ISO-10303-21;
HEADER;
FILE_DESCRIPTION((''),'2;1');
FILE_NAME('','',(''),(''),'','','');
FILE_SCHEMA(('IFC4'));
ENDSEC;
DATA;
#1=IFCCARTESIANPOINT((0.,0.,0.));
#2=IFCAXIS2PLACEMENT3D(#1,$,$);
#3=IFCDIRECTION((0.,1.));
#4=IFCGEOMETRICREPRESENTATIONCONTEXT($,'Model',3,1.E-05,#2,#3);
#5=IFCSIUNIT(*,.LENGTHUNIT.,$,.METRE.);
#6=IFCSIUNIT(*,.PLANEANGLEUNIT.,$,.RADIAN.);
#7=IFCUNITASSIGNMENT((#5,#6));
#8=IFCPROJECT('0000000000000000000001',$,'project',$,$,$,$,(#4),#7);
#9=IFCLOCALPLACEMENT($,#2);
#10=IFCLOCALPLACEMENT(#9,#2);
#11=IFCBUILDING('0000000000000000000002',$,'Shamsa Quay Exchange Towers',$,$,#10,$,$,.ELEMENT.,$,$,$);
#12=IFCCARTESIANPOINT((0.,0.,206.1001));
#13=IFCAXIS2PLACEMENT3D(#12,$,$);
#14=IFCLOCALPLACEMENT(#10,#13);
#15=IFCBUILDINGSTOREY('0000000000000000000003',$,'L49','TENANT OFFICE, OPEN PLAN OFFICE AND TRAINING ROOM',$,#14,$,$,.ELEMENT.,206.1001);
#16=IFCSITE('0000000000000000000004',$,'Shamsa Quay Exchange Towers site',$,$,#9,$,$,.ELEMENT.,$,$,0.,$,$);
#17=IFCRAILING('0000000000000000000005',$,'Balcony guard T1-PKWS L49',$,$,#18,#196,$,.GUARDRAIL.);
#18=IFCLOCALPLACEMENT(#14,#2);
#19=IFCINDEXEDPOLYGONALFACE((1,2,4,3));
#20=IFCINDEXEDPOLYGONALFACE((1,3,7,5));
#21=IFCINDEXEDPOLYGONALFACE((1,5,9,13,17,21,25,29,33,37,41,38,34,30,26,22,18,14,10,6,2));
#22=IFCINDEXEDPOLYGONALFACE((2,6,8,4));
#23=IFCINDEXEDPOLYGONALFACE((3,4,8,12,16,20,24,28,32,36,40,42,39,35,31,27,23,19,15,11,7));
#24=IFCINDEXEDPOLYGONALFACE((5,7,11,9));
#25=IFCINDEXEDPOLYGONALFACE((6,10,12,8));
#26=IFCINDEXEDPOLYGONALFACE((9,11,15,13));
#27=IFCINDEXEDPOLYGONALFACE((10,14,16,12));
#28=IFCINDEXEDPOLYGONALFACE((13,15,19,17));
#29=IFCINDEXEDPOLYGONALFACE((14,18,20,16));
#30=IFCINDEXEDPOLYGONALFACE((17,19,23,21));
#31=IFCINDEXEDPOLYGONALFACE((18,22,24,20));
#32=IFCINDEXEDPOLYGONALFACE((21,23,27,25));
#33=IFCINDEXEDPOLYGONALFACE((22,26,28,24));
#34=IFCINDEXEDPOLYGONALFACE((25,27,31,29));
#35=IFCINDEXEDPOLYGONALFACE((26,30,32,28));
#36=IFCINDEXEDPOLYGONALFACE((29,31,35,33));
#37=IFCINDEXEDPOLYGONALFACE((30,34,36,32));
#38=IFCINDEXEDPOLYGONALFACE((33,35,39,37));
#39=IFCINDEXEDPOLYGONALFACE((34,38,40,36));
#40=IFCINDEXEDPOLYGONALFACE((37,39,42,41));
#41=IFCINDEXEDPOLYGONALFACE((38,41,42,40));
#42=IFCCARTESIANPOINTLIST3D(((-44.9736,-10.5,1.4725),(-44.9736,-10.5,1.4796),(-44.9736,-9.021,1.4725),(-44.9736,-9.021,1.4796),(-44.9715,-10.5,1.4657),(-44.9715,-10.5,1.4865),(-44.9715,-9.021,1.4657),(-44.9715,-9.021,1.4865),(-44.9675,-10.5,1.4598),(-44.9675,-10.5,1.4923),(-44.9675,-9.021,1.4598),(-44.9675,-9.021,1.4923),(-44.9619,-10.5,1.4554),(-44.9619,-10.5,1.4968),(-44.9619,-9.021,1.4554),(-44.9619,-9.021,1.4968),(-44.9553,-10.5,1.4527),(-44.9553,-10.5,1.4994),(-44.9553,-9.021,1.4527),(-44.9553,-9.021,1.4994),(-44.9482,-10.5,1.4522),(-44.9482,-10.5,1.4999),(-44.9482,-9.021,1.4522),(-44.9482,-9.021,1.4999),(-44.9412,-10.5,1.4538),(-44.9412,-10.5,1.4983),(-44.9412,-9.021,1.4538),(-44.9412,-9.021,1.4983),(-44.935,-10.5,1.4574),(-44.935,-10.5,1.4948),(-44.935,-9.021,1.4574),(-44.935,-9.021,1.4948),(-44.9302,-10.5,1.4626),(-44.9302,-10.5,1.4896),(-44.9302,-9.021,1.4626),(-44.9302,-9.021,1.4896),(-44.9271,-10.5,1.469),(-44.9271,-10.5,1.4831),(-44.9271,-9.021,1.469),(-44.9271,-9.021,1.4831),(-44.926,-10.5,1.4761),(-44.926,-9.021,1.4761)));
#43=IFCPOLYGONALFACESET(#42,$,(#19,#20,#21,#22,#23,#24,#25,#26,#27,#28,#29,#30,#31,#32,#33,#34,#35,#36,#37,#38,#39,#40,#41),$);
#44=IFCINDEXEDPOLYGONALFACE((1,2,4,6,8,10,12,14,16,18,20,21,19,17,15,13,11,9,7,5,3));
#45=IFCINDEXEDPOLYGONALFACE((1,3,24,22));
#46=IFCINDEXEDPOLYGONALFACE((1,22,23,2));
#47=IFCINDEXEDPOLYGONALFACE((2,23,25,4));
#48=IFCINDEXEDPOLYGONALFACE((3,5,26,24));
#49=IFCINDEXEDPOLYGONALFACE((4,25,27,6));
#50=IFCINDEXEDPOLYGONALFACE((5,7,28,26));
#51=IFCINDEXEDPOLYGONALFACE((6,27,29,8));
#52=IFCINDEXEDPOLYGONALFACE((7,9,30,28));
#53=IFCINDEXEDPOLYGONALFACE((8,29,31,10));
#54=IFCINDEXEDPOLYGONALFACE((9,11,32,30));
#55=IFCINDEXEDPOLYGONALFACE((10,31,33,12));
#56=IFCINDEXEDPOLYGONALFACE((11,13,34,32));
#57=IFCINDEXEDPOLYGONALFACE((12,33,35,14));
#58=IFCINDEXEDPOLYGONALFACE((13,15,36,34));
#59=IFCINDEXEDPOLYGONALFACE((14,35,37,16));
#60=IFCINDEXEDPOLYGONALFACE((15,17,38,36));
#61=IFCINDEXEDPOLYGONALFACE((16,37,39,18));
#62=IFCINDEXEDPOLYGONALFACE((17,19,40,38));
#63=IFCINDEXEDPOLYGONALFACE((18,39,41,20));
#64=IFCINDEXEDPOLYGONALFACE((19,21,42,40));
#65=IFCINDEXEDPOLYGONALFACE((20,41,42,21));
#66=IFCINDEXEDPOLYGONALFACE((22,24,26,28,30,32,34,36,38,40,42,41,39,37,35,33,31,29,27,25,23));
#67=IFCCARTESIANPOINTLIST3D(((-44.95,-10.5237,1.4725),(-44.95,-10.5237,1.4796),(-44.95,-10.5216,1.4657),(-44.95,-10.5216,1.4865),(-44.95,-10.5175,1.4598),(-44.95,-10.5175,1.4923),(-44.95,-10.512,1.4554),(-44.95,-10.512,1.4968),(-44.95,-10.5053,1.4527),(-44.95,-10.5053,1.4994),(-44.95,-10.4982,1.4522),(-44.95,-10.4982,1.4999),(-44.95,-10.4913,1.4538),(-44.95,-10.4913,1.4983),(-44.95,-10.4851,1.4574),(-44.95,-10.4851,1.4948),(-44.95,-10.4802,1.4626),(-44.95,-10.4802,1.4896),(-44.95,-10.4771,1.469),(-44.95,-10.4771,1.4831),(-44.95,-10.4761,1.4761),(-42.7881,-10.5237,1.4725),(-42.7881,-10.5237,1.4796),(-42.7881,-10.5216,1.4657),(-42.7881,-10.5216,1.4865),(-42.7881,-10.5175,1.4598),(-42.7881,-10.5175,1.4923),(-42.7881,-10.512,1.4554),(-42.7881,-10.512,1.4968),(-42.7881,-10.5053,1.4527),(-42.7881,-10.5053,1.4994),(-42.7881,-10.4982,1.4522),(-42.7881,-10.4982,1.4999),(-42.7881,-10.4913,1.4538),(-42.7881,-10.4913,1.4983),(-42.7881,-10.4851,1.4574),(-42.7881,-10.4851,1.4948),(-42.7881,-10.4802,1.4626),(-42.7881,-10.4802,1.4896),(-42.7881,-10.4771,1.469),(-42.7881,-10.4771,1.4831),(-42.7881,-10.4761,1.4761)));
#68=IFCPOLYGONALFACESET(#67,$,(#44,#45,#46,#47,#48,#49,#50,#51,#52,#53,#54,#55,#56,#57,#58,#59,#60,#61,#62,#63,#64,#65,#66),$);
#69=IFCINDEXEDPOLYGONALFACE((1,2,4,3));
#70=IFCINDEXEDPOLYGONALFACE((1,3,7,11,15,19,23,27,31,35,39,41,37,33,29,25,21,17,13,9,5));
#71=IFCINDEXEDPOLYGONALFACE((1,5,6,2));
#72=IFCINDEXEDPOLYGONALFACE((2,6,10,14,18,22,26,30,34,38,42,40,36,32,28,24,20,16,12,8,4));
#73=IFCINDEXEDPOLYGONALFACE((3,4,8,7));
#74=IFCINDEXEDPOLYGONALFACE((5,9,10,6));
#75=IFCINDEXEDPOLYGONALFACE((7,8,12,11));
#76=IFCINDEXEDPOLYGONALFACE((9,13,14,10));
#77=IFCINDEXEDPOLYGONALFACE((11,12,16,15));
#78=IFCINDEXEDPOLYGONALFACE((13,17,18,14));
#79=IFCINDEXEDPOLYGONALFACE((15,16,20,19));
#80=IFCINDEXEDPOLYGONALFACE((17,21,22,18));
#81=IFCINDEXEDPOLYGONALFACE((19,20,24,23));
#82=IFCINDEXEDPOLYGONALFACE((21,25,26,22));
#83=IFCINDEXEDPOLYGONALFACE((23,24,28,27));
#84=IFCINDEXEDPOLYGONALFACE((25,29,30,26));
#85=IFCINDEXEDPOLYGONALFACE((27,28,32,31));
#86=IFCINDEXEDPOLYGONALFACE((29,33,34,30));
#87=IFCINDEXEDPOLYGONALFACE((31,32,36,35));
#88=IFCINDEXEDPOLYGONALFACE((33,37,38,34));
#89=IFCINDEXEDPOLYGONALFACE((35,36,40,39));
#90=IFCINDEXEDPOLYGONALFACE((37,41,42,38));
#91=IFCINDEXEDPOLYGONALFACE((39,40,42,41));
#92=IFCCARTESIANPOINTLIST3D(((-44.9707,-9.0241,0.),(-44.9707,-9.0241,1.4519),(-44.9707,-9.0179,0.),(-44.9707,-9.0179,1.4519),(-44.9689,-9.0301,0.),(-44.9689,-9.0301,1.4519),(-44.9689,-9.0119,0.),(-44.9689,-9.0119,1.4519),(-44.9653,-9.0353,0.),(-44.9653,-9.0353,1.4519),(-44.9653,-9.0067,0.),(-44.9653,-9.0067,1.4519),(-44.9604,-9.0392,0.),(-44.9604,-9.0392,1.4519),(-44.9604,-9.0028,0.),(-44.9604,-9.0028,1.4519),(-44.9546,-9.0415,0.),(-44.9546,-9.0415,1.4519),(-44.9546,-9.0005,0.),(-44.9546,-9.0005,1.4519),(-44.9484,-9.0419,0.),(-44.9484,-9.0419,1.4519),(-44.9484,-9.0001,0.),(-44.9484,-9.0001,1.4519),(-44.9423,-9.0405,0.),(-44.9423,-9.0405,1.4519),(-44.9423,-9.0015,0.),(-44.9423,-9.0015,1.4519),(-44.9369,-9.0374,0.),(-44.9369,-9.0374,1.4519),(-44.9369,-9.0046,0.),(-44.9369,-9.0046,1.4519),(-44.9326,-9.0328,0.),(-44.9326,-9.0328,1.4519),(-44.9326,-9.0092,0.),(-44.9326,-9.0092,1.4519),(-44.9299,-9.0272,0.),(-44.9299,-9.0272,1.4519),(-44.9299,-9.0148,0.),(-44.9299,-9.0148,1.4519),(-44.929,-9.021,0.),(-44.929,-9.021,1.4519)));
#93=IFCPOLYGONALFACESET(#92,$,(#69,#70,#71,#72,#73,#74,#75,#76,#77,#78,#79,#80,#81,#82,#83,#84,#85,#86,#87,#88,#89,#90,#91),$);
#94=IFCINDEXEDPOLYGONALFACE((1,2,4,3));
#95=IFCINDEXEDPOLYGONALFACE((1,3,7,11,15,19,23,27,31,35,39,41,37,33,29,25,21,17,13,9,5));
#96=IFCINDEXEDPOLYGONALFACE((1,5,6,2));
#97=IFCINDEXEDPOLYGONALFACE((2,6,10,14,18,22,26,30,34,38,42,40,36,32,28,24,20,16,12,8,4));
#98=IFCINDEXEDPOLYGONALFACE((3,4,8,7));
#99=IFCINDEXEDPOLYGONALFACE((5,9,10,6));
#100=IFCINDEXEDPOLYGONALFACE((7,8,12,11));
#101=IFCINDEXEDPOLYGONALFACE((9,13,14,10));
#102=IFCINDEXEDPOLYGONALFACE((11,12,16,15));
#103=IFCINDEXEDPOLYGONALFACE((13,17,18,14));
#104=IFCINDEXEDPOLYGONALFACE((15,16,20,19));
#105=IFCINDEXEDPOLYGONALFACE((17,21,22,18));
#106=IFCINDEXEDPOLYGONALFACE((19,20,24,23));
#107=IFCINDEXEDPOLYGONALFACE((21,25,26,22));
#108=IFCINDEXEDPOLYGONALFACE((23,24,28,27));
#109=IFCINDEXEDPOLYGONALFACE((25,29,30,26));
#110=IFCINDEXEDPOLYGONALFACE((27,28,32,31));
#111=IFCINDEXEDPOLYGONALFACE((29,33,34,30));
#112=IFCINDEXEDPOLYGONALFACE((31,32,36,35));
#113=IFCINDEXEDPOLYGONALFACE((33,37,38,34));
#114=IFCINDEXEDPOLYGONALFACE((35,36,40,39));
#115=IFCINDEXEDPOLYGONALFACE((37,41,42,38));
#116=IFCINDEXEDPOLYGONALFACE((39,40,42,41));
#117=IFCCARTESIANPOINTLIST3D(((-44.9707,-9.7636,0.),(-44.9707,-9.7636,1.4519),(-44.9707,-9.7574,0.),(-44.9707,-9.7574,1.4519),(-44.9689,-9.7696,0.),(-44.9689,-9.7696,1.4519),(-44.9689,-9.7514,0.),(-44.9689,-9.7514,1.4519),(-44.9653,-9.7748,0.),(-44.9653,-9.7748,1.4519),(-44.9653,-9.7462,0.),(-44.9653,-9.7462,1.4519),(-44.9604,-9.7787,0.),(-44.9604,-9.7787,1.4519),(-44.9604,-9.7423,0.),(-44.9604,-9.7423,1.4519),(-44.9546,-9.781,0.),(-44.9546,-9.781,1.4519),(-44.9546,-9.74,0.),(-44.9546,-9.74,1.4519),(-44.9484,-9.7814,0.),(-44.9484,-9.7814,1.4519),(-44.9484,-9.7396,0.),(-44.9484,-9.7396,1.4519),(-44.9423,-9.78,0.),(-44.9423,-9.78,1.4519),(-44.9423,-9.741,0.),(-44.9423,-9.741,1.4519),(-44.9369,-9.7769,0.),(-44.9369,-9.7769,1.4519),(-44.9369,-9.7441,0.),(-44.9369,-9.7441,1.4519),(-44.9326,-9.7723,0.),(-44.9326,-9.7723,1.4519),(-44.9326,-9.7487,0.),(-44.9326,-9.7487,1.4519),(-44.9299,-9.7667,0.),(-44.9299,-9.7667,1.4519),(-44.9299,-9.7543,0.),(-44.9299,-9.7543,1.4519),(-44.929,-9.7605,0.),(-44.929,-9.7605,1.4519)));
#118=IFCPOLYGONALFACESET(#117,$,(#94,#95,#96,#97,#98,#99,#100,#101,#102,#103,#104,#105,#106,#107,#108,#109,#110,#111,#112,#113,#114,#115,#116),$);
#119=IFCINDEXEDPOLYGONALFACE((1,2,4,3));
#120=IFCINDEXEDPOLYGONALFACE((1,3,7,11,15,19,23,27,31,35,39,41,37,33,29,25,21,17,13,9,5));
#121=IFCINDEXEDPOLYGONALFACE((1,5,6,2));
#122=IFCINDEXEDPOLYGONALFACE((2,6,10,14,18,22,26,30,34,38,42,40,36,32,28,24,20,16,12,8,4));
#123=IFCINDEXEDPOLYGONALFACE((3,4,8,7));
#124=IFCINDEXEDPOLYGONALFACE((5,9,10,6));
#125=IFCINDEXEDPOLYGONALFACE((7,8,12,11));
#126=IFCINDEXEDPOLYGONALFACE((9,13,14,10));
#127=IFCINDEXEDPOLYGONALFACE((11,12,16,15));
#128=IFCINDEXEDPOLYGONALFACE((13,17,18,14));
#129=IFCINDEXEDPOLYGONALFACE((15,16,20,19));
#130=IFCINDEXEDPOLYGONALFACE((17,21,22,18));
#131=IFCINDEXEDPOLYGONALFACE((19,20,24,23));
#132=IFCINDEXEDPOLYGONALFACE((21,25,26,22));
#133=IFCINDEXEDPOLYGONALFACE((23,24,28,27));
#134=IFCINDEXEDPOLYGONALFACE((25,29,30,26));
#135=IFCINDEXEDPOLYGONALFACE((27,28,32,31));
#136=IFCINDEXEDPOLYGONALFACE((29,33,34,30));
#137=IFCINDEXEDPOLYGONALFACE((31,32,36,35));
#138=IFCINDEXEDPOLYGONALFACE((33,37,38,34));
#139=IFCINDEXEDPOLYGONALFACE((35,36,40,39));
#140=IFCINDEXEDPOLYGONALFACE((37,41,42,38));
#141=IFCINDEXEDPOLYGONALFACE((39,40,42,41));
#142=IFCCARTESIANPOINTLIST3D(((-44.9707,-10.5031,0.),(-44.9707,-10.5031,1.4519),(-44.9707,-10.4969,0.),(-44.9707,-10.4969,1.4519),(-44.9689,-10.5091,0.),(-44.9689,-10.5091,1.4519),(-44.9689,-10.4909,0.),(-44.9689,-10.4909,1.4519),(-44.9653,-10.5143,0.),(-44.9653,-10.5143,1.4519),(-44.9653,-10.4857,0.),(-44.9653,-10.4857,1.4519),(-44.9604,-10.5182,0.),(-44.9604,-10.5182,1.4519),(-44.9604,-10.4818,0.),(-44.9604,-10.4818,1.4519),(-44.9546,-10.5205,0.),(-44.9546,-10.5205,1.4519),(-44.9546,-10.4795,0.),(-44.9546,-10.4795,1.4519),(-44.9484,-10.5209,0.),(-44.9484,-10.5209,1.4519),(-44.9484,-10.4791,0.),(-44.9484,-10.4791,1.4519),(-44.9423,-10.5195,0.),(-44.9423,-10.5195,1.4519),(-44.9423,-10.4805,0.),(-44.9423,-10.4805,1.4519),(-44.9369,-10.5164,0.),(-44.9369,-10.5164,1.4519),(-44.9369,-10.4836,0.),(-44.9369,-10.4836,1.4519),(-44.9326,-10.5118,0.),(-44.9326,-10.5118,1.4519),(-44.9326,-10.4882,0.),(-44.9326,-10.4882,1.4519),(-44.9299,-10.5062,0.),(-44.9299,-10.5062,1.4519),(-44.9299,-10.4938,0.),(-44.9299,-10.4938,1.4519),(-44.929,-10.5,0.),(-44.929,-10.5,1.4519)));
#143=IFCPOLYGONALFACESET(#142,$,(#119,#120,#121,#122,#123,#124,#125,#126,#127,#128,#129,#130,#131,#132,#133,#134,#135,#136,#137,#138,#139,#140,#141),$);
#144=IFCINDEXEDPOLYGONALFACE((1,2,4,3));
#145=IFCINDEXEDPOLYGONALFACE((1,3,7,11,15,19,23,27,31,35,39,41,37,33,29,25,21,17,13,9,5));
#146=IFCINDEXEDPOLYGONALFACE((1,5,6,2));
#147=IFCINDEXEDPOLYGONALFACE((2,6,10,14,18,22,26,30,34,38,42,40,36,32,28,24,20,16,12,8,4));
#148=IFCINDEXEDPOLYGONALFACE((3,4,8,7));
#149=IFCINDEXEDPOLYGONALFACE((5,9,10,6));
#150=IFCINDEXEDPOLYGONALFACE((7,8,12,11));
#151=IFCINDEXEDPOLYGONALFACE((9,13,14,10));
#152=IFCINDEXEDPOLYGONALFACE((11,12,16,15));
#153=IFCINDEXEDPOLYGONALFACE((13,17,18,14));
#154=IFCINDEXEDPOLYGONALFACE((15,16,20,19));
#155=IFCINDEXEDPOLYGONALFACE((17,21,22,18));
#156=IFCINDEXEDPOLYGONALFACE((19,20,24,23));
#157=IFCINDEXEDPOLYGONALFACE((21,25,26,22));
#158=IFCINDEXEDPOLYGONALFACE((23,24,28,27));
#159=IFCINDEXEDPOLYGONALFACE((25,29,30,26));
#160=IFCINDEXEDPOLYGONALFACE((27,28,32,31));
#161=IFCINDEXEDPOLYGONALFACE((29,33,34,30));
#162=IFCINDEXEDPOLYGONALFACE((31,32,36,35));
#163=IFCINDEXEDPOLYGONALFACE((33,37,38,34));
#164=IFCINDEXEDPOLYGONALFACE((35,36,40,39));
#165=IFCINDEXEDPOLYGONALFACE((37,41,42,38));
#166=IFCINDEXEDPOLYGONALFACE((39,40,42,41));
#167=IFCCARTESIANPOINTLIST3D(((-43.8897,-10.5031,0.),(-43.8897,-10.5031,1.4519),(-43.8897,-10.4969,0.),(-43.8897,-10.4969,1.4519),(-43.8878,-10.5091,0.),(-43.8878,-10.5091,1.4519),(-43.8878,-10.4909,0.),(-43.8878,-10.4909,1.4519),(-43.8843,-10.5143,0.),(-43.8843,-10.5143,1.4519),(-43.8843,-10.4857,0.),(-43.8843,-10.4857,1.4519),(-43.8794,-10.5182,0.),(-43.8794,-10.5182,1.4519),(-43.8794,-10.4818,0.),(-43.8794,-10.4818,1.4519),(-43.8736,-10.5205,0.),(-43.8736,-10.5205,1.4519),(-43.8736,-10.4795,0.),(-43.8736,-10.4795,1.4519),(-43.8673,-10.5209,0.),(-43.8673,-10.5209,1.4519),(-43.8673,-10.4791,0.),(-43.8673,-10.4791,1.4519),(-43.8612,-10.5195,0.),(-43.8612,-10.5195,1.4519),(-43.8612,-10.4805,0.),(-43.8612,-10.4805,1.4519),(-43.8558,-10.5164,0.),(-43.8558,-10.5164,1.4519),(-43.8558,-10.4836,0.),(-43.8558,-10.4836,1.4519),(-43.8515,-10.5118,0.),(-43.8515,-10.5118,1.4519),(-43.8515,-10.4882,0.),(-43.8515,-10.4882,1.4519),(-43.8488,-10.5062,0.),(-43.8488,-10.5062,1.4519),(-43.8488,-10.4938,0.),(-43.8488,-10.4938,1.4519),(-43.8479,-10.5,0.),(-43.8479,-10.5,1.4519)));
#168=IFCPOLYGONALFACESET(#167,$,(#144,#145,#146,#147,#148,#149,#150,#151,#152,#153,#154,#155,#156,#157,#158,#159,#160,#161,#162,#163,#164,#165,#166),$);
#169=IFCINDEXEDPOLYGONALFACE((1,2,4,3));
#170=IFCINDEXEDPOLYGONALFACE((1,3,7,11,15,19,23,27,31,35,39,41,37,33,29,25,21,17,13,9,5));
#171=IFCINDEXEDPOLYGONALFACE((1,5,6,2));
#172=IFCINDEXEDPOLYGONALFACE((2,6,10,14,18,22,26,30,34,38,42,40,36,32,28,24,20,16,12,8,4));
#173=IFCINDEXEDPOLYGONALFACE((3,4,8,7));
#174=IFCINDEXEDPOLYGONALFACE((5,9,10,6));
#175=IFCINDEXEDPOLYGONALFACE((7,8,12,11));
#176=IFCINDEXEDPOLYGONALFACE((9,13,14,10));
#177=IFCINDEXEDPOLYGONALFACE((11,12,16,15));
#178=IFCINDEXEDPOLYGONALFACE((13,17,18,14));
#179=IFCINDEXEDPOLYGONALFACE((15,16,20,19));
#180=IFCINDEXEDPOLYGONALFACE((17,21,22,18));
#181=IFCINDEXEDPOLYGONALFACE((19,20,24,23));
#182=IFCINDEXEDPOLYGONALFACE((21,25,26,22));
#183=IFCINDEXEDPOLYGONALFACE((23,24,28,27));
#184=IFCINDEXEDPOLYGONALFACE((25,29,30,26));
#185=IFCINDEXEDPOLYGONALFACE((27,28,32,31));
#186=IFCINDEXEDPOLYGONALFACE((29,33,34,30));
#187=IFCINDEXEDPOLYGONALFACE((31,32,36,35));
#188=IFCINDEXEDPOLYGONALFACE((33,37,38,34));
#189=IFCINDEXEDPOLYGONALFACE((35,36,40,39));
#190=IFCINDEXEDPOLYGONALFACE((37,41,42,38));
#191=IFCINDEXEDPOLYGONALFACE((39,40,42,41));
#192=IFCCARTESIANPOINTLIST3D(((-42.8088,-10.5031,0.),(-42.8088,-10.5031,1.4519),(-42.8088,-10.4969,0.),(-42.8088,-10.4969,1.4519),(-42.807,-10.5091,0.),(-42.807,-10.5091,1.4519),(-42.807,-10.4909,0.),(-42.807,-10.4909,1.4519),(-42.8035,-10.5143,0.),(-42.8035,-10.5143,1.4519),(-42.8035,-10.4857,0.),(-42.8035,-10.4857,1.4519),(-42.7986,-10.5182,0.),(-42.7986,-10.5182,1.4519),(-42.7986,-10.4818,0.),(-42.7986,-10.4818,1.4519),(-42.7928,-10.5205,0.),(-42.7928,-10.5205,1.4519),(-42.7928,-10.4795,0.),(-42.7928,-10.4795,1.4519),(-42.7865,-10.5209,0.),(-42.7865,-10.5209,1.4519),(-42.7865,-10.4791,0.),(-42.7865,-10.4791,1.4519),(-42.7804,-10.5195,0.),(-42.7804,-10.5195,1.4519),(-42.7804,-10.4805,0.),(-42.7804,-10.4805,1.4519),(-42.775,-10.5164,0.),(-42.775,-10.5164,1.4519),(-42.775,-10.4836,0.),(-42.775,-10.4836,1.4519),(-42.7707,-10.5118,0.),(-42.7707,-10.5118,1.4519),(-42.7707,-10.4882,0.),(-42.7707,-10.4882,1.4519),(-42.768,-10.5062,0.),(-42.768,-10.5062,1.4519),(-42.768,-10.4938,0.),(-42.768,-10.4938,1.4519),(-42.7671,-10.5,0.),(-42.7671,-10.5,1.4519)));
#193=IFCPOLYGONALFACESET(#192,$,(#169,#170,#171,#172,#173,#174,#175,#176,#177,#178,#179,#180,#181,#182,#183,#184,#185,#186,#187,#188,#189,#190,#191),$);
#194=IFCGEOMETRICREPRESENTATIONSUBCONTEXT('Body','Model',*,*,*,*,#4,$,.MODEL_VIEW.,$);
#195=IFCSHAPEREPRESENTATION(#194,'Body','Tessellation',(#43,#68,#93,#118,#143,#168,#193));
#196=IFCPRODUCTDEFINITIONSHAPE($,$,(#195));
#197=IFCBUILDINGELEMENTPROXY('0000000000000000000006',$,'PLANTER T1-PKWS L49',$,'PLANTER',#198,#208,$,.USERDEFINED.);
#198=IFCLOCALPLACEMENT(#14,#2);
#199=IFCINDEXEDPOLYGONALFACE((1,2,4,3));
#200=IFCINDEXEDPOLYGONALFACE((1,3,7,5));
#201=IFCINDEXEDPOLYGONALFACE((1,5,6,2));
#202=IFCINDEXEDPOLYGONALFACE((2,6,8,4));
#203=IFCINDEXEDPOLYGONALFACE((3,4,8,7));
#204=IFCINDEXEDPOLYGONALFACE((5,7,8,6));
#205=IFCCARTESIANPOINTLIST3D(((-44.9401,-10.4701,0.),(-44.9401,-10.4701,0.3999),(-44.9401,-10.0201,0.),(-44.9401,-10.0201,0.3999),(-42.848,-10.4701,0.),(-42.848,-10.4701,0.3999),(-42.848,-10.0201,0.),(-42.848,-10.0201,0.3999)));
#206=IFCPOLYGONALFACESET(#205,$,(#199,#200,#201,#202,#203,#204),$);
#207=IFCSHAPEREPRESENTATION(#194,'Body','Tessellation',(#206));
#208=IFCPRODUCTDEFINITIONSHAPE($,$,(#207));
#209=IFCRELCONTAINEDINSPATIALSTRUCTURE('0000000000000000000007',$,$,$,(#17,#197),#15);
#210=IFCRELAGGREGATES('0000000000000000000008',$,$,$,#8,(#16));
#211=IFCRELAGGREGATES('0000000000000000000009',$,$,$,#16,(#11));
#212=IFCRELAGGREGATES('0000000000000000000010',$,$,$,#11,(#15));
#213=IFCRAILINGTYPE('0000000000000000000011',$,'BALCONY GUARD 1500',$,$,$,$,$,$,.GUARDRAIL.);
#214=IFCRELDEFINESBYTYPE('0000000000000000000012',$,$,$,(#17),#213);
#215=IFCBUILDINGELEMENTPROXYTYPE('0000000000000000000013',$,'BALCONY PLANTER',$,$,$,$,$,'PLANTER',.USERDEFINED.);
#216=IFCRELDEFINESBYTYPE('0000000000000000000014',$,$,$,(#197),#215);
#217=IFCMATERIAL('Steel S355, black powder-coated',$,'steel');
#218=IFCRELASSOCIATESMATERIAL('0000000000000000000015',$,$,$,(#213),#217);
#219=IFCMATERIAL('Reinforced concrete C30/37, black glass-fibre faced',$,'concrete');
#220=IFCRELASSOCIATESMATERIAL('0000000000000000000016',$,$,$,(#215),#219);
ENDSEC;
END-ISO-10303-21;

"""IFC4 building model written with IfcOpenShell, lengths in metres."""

from ifc_helpers import new_model, si_unit, direction, frame, origin, origin_2d, place, context, subcontext, project, spatial, rectangle, circle, extrude, material, type_object, element, save


model = new_model("IFC4")

# Units and contexts
model_context = context("Model", 3, precision=1e-05, world=origin(), true_north=direction((0.0, 1.0)))
body_context = subcontext(model_context, "Body", "Model", "MODEL_VIEW")
ifc_project = project(units=[si_unit("LENGTHUNIT", "METRE"), si_unit("PLANEANGLEUNIT", "RADIAN")], contexts=[model_context])

# Site, building, storey
site_placement = place(None, origin())
site = spatial("IfcSite", under=ifc_project, at=site_placement, Name="Shamsa Quay Exchange Towers site", CompositionType="ELEMENT", RefElevation=0.0)
building_placement = place(site_placement, origin())
building = spatial("IfcBuilding", under=site, at=building_placement, Name="Shamsa Quay Exchange Towers", CompositionType="ELEMENT")
storey_placement = place(building_placement, frame((0.0, 0.0, 206.1001)))
storey = spatial("IfcBuildingStorey", under=building, at=storey_placement, Name="L49", Description="TENANT OFFICE, OPEN PLAN OFFICE AND TRAINING ROOM", CompositionType="ELEMENT", Elevation=206.1001)

# Railing
ifc_material_1 = material(Name="Steel S355, black powder-coated", Category="steel")
railing_type = type_object("IfcRailingType", Name="BALCONY GUARD 1500", PredefinedType="GUARDRAIL", material=ifc_material_1)
railing_placement = place(storey_placement, frame((-44.95, -9.021, 0.0)))
element("IfcRailing", 1, at=railing_placement, inside=storey, type_object=railing_type, Name="Balcony guard T1-PKWS L49", PredefinedType="GUARDRAIL", context=body_context, shape_type="SweptSolid", body=[
    extrude(circle(Radius=0.0239, at=origin_2d()), frame((0.0, 0.0, 1.4761), z_axis=(0.0, -1.0, 0.0), x_axis=(1.0, 0.0, 0.0)), (0.0, 0.0, 1.0), 1.479),
    extrude(circle(Radius=0.0239, at=origin_2d()), frame((0.0, -1.479, 1.4761), z_axis=(1.0, 0.0, 0.0), x_axis=(0.0, 1.0, 0.0)), (0.0, 0.0, 1.0), 2.1619),
    extrude(circle(Radius=0.021, at=origin_2d()), origin(), (0.0, 0.0, 1.0), 1.4519),
    extrude(circle(Radius=0.021, at=origin_2d()), frame((0.0, -0.7395, 0.0)), (0.0, 0.0, 1.0), 1.4519),
    extrude(circle(Radius=0.021, at=origin_2d()), frame((0.0, -1.479, 0.0)), (0.0, 0.0, 1.0), 1.4519),
    extrude(circle(Radius=0.021, at=origin_2d()), frame((1.0811, -1.479, 0.0)), (0.0, 0.0, 1.0), 1.4519),
    extrude(circle(Radius=0.021, at=origin_2d()), frame((2.1619, -1.479, 0.0)), (0.0, 0.0, 1.0), 1.4519),
])

# Building element proxy
ifc_material_2 = material(Name="Reinforced concrete C30/37, black glass-fibre faced", Category="concrete")
building_element_proxy_type = type_object("IfcBuildingElementProxyType", Name="BALCONY PLANTER", ElementType="PLANTER", PredefinedType="USERDEFINED", material=ifc_material_2)
proxy_placement = place(storey_placement, frame((-43.894, -10.2451, 0.0)))
element("IfcBuildingElementProxy", 2, at=proxy_placement, inside=storey, type_object=building_element_proxy_type, Name="PLANTER T1-PKWS L49", ObjectType="PLANTER", PredefinedType="USERDEFINED", context=body_context, shape_type="SweptSolid", body=[
    extrude(rectangle(XDim=2.092, YDim=0.45, at=origin_2d()), origin(), (0.0, 0.0, 1.0), 0.3999),
])

save(model, "model.ifc")
